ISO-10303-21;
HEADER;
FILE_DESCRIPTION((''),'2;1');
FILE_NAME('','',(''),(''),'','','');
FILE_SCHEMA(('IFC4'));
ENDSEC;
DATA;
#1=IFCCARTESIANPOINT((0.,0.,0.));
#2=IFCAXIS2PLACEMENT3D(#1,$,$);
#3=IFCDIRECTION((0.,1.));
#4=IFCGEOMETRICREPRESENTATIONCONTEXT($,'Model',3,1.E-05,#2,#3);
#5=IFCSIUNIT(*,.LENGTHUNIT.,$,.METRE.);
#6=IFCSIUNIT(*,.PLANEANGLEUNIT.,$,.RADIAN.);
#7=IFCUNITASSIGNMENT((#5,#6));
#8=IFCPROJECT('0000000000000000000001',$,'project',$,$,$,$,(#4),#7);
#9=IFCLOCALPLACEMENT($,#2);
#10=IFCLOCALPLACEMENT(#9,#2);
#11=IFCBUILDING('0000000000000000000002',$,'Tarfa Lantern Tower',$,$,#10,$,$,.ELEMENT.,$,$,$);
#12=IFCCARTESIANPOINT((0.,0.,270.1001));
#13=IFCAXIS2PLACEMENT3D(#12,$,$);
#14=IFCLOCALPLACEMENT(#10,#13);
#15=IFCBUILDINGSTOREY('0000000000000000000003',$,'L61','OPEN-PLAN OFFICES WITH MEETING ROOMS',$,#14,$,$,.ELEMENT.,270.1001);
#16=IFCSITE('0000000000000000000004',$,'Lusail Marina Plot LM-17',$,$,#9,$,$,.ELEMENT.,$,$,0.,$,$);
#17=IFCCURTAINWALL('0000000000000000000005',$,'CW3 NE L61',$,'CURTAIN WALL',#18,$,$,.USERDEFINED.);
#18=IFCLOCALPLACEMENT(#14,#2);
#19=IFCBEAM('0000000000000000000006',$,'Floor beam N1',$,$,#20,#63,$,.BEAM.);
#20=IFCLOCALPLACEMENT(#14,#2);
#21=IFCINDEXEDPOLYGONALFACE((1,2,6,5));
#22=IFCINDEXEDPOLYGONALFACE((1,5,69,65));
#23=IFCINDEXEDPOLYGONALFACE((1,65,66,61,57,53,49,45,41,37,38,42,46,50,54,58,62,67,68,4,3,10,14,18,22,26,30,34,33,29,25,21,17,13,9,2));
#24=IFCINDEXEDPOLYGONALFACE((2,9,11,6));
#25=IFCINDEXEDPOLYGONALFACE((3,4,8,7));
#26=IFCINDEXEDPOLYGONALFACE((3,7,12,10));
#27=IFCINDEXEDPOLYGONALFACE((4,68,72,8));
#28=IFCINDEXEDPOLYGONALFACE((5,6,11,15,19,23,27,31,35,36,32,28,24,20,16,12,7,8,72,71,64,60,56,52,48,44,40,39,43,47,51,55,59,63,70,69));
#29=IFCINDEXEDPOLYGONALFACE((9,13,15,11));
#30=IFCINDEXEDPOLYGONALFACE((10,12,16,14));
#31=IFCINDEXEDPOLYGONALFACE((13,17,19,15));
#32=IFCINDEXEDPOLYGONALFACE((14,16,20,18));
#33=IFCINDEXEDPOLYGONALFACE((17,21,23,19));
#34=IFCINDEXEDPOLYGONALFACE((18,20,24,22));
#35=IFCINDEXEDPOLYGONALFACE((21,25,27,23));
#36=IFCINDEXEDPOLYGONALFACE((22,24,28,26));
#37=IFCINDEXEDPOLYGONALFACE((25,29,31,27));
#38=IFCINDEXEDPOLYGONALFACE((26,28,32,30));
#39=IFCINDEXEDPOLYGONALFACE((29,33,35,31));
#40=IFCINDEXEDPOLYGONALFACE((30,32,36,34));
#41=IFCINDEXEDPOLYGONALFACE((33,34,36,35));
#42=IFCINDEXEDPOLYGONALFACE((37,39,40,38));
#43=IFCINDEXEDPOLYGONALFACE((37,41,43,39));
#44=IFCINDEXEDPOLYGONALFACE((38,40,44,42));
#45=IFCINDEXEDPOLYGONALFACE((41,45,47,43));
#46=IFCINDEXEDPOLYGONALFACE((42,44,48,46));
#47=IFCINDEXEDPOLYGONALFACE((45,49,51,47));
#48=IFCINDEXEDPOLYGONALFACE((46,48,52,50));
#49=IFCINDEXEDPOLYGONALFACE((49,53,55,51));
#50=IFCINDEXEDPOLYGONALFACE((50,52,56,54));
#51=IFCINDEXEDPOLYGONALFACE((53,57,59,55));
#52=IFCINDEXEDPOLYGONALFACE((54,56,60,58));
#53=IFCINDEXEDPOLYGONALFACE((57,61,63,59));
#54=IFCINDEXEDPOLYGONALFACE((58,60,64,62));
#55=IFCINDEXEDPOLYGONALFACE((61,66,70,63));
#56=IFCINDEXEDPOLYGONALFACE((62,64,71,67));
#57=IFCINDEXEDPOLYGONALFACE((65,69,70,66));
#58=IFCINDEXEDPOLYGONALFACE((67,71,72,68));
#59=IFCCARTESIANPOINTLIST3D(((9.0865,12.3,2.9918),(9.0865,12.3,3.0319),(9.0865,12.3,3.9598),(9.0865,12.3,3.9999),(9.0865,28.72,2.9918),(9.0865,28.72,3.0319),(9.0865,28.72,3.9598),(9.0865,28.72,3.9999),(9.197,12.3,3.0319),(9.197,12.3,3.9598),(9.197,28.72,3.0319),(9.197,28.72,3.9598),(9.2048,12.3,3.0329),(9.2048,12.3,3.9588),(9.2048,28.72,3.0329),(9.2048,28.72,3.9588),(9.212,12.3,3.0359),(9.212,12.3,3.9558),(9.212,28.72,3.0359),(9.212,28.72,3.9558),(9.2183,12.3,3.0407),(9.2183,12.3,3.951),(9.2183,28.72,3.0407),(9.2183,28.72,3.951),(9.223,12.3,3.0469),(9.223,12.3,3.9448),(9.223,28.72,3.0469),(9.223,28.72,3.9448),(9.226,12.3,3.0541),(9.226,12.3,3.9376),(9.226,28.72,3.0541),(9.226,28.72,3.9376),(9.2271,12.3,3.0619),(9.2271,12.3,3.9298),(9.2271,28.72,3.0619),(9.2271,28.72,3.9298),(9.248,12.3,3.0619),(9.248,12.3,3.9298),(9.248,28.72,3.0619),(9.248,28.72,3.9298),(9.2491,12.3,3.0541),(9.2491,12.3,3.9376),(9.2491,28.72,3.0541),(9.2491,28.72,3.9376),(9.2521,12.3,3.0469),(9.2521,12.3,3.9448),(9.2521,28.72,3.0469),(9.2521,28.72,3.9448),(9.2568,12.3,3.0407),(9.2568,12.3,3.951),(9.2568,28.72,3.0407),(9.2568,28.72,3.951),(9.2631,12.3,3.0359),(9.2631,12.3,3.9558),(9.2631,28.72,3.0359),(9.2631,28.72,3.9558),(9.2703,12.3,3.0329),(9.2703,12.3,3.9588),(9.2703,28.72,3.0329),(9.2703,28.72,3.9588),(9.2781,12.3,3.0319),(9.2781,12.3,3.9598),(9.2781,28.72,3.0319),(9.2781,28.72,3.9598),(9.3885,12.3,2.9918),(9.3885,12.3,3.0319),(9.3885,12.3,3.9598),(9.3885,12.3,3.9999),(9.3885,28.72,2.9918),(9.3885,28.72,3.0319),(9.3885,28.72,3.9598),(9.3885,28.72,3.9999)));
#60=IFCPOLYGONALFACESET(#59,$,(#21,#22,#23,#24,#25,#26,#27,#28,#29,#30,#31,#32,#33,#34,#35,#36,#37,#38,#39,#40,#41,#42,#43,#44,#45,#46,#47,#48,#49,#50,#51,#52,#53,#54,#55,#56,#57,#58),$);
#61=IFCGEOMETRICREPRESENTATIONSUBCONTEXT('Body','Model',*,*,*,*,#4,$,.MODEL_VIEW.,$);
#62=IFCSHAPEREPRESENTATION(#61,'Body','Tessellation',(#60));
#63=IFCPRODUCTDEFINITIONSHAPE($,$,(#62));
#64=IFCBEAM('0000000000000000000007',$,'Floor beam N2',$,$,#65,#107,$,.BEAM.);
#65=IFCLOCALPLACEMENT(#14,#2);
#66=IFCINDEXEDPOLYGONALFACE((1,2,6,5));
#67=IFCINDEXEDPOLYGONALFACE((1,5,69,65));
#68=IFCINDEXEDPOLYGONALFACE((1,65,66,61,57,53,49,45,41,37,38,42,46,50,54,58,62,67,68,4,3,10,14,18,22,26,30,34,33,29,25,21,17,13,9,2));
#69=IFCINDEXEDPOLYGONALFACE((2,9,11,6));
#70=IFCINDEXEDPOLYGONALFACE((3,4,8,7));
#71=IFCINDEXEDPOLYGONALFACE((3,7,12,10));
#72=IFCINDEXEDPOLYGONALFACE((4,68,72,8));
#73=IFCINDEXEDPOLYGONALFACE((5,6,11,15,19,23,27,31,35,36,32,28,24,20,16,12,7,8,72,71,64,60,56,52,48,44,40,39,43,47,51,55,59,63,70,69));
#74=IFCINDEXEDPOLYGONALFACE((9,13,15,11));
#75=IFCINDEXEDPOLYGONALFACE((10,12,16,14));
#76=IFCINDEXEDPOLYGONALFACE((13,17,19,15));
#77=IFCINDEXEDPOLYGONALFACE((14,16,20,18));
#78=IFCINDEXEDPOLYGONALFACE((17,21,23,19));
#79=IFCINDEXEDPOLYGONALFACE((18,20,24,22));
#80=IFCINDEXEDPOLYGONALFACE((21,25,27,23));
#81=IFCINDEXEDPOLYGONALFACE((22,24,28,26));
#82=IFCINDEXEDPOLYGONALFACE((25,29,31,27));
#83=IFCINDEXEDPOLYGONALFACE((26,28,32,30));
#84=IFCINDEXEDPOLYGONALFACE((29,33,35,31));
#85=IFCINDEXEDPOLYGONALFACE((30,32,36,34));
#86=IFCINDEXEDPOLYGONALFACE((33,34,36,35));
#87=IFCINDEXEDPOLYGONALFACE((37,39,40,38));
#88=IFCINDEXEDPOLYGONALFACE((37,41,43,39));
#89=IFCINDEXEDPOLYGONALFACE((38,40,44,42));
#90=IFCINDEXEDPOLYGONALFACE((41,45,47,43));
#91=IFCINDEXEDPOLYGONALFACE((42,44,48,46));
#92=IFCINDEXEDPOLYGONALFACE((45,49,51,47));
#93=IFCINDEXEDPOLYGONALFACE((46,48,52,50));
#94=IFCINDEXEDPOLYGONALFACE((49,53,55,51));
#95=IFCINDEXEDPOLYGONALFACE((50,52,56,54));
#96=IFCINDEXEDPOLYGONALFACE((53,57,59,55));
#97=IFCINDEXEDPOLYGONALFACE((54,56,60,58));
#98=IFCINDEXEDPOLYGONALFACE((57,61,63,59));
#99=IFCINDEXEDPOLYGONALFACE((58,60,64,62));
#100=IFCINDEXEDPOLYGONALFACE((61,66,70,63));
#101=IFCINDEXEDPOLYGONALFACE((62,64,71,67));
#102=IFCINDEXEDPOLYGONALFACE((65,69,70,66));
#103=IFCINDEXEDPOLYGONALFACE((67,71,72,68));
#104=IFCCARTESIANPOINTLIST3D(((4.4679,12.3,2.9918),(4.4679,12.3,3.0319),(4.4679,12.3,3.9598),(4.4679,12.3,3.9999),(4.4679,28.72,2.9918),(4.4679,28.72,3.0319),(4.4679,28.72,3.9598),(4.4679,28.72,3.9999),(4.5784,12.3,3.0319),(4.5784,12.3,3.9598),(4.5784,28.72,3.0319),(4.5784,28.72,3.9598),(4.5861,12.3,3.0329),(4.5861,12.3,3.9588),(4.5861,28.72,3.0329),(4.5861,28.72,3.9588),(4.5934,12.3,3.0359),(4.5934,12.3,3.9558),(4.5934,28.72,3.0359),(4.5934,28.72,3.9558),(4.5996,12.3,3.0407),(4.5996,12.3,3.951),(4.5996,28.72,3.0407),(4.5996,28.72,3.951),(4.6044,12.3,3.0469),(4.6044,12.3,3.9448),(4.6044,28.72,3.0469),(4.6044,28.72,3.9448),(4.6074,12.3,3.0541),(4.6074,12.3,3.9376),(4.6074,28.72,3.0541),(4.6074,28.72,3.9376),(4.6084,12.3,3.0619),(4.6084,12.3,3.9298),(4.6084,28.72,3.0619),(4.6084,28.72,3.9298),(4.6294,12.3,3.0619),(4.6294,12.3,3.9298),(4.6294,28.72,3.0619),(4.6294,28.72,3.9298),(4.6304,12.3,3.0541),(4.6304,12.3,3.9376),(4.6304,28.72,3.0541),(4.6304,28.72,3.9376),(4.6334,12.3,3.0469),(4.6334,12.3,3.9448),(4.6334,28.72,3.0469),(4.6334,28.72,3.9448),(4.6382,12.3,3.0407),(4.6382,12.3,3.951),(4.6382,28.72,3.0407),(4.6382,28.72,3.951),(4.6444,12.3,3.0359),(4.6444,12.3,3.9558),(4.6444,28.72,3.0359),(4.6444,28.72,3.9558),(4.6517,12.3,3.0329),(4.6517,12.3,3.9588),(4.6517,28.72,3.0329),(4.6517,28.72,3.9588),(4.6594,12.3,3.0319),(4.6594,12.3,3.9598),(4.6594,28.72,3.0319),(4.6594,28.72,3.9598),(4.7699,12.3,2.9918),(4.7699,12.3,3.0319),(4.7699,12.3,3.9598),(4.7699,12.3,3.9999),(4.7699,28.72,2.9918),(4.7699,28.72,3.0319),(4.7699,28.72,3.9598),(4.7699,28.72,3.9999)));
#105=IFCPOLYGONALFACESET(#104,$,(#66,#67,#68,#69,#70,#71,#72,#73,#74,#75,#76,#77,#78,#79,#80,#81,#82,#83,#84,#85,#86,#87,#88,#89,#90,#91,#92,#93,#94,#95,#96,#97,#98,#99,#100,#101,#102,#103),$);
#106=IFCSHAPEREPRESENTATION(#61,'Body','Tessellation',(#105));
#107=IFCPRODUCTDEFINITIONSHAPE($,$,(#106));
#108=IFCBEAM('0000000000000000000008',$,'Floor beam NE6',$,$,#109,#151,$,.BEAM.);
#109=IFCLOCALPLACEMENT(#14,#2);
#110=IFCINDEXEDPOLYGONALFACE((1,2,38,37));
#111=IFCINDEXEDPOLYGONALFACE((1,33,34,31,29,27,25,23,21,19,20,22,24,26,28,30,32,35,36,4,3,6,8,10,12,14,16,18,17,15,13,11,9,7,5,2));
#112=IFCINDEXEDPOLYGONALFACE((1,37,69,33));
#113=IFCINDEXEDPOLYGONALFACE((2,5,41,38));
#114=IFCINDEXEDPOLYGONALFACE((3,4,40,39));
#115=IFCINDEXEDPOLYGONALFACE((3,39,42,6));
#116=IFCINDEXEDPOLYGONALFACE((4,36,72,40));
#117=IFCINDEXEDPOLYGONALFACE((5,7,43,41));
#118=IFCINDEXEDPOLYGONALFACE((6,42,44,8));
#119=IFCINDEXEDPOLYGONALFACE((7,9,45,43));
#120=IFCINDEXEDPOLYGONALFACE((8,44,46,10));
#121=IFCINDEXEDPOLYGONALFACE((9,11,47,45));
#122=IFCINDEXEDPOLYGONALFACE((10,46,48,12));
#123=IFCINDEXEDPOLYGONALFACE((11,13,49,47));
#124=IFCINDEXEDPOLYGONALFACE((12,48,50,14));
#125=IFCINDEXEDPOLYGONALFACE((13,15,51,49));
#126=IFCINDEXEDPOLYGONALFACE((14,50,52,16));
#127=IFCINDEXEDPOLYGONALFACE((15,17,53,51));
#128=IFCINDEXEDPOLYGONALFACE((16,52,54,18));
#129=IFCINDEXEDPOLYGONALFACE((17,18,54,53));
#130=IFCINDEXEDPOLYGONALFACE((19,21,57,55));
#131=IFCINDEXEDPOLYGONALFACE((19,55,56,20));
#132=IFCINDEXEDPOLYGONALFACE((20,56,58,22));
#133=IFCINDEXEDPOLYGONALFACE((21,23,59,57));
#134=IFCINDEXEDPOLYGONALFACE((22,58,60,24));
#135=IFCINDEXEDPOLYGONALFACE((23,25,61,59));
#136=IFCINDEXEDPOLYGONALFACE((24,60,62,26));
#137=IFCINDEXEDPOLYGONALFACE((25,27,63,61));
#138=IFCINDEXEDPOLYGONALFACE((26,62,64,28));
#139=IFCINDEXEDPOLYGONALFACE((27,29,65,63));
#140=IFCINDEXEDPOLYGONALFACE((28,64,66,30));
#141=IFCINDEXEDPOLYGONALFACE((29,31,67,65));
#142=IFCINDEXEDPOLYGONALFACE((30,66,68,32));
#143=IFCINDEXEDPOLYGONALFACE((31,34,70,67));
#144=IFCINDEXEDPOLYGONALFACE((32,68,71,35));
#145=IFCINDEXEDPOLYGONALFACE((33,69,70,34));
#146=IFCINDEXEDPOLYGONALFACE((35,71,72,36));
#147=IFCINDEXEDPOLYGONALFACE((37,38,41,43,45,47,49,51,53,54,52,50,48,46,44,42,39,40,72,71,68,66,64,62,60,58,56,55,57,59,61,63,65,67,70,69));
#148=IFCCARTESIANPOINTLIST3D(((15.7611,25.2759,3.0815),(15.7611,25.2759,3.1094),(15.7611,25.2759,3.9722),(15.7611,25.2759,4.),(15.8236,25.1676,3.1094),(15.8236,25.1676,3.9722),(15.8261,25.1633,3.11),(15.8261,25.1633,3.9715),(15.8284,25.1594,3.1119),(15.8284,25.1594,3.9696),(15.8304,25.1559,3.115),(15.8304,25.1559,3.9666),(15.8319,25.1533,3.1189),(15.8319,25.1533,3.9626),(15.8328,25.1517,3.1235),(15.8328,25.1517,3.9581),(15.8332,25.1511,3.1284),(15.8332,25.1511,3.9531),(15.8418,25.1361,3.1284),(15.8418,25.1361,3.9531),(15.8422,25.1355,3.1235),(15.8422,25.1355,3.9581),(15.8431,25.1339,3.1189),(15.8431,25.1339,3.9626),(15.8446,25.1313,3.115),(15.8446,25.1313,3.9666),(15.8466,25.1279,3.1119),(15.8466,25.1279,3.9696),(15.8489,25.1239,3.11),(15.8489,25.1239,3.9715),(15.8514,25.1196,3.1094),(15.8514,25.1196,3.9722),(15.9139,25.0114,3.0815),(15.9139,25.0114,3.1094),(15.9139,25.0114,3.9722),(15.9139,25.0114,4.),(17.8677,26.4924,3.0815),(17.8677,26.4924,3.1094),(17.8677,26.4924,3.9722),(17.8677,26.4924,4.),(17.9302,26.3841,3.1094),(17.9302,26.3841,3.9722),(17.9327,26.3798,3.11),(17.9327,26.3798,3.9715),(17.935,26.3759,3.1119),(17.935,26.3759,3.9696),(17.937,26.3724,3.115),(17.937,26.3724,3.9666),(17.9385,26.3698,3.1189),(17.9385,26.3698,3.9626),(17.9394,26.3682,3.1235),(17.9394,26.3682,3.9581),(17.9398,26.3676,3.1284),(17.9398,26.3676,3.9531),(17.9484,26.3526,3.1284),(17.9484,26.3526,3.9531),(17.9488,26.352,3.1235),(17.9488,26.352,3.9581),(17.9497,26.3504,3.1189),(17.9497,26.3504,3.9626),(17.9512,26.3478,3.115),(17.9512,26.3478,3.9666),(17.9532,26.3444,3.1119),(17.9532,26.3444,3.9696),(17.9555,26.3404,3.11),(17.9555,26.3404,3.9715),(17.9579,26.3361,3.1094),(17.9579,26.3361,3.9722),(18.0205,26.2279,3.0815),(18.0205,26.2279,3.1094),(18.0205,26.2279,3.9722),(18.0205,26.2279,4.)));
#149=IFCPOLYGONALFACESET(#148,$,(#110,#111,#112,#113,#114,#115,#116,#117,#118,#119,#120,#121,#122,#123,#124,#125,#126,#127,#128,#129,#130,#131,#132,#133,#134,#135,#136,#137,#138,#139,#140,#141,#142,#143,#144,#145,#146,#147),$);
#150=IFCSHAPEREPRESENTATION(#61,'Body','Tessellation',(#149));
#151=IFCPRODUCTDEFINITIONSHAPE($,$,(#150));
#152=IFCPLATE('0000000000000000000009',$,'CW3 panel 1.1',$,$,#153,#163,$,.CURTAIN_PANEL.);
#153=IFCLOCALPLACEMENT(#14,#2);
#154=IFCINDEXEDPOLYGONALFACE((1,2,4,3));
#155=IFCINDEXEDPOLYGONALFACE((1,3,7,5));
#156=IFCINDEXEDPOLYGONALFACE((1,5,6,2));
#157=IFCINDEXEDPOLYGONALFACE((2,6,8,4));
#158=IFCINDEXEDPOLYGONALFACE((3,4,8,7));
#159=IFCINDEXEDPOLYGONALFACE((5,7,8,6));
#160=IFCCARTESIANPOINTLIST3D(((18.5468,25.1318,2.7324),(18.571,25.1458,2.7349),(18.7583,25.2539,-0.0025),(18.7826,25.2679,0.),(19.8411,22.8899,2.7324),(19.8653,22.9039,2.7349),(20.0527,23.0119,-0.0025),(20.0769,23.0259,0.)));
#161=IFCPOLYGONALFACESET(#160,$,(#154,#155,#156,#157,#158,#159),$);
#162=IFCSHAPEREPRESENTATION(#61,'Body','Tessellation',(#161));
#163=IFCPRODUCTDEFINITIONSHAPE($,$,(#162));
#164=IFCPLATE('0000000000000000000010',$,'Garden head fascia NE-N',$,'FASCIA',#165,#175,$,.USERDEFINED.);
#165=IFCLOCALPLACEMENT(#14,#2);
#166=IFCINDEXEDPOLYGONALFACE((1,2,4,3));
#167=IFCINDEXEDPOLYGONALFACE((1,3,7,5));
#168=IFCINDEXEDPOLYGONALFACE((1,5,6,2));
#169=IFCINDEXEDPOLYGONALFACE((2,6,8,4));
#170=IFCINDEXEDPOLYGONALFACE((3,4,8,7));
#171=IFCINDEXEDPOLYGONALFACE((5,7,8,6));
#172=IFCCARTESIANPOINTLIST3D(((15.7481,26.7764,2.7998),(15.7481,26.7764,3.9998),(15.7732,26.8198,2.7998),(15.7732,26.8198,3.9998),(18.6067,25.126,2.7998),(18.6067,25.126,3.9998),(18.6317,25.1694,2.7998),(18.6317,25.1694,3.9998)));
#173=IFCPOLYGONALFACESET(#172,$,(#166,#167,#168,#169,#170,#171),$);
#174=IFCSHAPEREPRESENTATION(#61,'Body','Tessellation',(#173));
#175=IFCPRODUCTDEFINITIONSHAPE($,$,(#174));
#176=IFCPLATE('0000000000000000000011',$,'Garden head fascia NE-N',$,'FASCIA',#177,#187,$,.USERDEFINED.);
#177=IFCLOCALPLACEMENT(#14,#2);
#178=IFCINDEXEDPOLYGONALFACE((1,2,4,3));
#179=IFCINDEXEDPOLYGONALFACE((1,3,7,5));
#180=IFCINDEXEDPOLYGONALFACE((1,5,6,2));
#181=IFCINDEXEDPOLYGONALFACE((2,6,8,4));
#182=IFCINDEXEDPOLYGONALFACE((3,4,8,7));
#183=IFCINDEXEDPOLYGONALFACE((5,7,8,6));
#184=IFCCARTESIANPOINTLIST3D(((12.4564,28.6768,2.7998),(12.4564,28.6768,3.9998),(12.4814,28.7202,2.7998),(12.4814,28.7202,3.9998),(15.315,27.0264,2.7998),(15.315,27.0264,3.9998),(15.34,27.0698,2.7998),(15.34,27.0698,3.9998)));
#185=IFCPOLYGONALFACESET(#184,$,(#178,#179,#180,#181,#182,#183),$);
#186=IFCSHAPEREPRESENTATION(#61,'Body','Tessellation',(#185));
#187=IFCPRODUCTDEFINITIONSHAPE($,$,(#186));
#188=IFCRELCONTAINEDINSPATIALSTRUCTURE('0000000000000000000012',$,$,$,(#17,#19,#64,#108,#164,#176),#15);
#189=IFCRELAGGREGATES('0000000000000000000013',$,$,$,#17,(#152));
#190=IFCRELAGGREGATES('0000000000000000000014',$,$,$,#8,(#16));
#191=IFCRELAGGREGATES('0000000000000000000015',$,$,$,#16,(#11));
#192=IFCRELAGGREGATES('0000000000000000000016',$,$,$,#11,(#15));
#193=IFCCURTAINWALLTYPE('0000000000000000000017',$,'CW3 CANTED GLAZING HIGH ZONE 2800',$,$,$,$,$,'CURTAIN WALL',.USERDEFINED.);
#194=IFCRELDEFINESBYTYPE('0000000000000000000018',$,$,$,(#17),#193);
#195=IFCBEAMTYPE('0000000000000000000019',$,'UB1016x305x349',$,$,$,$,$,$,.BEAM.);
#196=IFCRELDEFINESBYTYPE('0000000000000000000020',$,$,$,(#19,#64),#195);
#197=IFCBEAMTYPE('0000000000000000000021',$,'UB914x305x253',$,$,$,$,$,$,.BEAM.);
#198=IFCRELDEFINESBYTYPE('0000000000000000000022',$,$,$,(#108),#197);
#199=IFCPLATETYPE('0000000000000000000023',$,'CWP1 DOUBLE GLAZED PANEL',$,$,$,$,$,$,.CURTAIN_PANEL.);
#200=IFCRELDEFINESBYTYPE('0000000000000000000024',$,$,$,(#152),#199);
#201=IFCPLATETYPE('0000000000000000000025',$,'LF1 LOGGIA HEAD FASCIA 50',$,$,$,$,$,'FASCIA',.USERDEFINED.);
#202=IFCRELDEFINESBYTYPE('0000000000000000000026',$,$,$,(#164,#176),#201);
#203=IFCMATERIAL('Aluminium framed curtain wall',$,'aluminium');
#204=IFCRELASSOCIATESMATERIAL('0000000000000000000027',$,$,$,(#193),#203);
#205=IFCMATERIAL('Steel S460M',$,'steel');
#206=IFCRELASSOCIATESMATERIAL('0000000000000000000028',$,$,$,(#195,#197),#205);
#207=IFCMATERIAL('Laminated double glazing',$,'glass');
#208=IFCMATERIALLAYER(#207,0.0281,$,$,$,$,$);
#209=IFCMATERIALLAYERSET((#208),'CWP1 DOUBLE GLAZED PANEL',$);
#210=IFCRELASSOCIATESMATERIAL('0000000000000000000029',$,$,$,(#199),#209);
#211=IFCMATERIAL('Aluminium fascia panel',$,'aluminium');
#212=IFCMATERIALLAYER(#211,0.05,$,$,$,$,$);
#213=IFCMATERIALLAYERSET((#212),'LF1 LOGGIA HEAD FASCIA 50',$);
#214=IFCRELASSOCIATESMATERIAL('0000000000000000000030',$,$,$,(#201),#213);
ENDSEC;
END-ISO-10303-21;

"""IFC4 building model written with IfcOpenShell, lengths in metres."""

from ifc_helpers import new_model, si_unit, direction, frame, origin, origin_2d, place, context, subcontext, project, spatial, polyline, rectangle, i_section, outline, extrude, material, layer, layer_set, material_profile, profile_set, type_object, element, aggregate, save


model = new_model("IFC4")

# Units and contexts
model_context = context("Model", 3, precision=1e-05, world=origin(), true_north=direction((0.0, 1.0)))
body_context = subcontext(model_context, "Body", "Model", "MODEL_VIEW")
ifc_project = project(units=[si_unit("LENGTHUNIT", "METRE"), si_unit("PLANEANGLEUNIT", "RADIAN")], contexts=[model_context])

# Site, building, storey
site_placement = place(None, origin())
site = spatial("IfcSite", under=ifc_project, at=site_placement, Name="Lusail Marina Plot LM-17", CompositionType="ELEMENT", RefElevation=0.0)
building_placement = place(site_placement, origin())
building = spatial("IfcBuilding", under=site, at=building_placement, Name="Tarfa Lantern Tower", CompositionType="ELEMENT")
storey_placement = place(building_placement, frame((0.0, 0.0, 270.1001)))
storey = spatial("IfcBuildingStorey", under=building, at=storey_placement, Name="L61", Description="OPEN-PLAN OFFICES WITH MEETING ROOMS", CompositionType="ELEMENT", Elevation=270.1001)

# Curtain wall
ifc_material_1 = material(Name="Aluminium framed curtain wall", Category="aluminium")
curtain_wall_type = type_object("IfcCurtainWallType", Name="CW3 CANTED GLAZING HIGH ZONE 2800", ElementType="CURTAIN WALL", PredefinedType="USERDEFINED", material=ifc_material_1)
curtain_wall_placement = place(storey_placement, origin())
curtain_wall = element("IfcCurtainWall", 1, at=curtain_wall_placement, inside=storey, type_object=curtain_wall_type, Name="CW3 NE L61", ObjectType="CURTAIN WALL", PredefinedType="USERDEFINED")

# Beams
ifc_material_2 = material(Name="Steel S460M", Category="steel")
ifc_material_profile_1 = material_profile(ifc_material_2, i_section(OverallWidth=0.302, OverallDepth=1.0081, WebThickness=0.021, FlangeThickness=0.04, FilletRadius=0.03, at=origin_2d()), Name="UB1016x305x349")
ifc_profile_set_1 = profile_set([ifc_material_profile_1], Name="Steel S460M")
beam_type_1 = type_object("IfcBeamType", Name="UB1016x305x349", PredefinedType="BEAM", material=ifc_profile_set_1)
for number, where, z_axis, x_axis, name in (
    (2, (9.2375, 28.72, 3.4958), (0.0, -1.0, 0.0), (1.0, 0.0, 0.0), "Floor beam N1"),
    (3, (4.6189, 28.72, 3.4958), (0.0, -1.0, 0.0), (1.0, 0.0, 0.0), "Floor beam N2"),
):
    element("IfcBeam", number, at=place(storey_placement, frame(where, z_axis=z_axis, x_axis=x_axis)), inside=storey, type_object=beam_type_1, Name=name, PredefinedType="BEAM", context=body_context, shape_type="SweptSolid", body=[
        extrude(i_section(OverallWidth=0.302, OverallDepth=1.0081, WebThickness=0.021, FlangeThickness=0.04, FilletRadius=0.03, at=origin_2d()), origin(), (0.0, 0.0, 1.0), 16.4199),
    ])
ifc_material_profile_2 = material_profile(ifc_material_2, i_section(OverallWidth=0.3054, OverallDepth=0.9185, WebThickness=0.0173, FlangeThickness=0.0278, FilletRadius=0.019, at=origin_2d()), Name="UB914x305x253")
ifc_profile_set_2 = profile_set([ifc_material_profile_2], Name="Steel S460M")
beam_type_2 = type_object("IfcBeamType", Name="UB914x305x253", PredefinedType="BEAM", material=ifc_profile_set_2)
beam_1_placement = place(storey_placement, frame((17.9441, 26.3601, 3.5408), z_axis=(-0.86598, -0.500079, 0.0), x_axis=(0.500079, -0.86598, 0.0)))
element("IfcBeam", 4, at=beam_1_placement, inside=storey, type_object=beam_type_2, Name="Floor beam NE6", PredefinedType="BEAM", context=body_context, shape_type="SweptSolid", body=[
    extrude(i_section(OverallWidth=0.3054, OverallDepth=0.9185, WebThickness=0.0173, FlangeThickness=0.0278, FilletRadius=0.019, at=origin_2d()), origin(), (0.0, 0.0, 1.0), 2.4326),
])

# Plate
ifc_material_3 = material(Name="Laminated double glazing", Category="glass")
ifc_layer_1 = layer(ifc_material_3, 0.0281)
ifc_layer_set_1 = layer_set([ifc_layer_1], Name="CWP1 DOUBLE GLAZED PANEL")
plate_type_1 = type_object("IfcPlateType", Name="CWP1 DOUBLE GLAZED PANEL", PredefinedType="CURTAIN_PANEL", material=ifc_layer_set_1)
plate_1_placement = place(storey_placement, frame((20.0769, 23.0259, 0.0), z_axis=(0.862605, 0.497996, 0.088952), x_axis=(-0.499979, 0.866038, 0.000004)))
plate_1 = element("IfcPlate", 5, at=plate_1_placement, type_object=plate_type_1, Name="CW3 panel 1.1", PredefinedType="CURTAIN_PANEL", context=body_context, shape_type="SweptSolid", body=[
    extrude(outline(polyline([(0.0, 0.0), (2.5888, 0.0), (2.5888, 2.7457), (0.0001, 2.7458), (0.0, 0.0)])), origin(), (0.0, 0.0, -1.0), 0.0281),
])
aggregate(curtain_wall, [plate_1])

# Plates
ifc_material_4 = material(Name="Aluminium fascia panel", Category="aluminium")
ifc_layer_2 = layer(ifc_material_4, 0.05)
ifc_layer_set_2 = layer_set([ifc_layer_2], Name="LF1 LOGGIA HEAD FASCIA 50")
plate_type_2 = type_object("IfcPlateType", Name="LF1 LOGGIA HEAD FASCIA 50", ElementType="FASCIA", PredefinedType="USERDEFINED", material=ifc_layer_set_2)
for number, where, z_axis, x_axis, name in (
    (6, (17.1899, 25.9729, 2.7998), (0.0, 0.0, 1.0), (-0.866025, 0.5, 0.0), "Garden head fascia NE-N"),
    (7, (13.8982, 27.8733, 2.7998), (0.0, 0.0, 1.0), (-0.866025, 0.5, 0.0), "Garden head fascia NE-N"),
):
    element("IfcPlate", number, at=place(storey_placement, frame(where, z_axis=z_axis, x_axis=x_axis)), inside=storey, type_object=plate_type_2, Name=name, ObjectType="FASCIA", PredefinedType="USERDEFINED", context=body_context, shape_type="SweptSolid", body=[
        extrude(rectangle(XDim=3.3008, YDim=0.05, at=origin_2d()), origin(), (0.0, 0.0, 1.0), 1.2),
    ])

save(model, "model.ifc")
